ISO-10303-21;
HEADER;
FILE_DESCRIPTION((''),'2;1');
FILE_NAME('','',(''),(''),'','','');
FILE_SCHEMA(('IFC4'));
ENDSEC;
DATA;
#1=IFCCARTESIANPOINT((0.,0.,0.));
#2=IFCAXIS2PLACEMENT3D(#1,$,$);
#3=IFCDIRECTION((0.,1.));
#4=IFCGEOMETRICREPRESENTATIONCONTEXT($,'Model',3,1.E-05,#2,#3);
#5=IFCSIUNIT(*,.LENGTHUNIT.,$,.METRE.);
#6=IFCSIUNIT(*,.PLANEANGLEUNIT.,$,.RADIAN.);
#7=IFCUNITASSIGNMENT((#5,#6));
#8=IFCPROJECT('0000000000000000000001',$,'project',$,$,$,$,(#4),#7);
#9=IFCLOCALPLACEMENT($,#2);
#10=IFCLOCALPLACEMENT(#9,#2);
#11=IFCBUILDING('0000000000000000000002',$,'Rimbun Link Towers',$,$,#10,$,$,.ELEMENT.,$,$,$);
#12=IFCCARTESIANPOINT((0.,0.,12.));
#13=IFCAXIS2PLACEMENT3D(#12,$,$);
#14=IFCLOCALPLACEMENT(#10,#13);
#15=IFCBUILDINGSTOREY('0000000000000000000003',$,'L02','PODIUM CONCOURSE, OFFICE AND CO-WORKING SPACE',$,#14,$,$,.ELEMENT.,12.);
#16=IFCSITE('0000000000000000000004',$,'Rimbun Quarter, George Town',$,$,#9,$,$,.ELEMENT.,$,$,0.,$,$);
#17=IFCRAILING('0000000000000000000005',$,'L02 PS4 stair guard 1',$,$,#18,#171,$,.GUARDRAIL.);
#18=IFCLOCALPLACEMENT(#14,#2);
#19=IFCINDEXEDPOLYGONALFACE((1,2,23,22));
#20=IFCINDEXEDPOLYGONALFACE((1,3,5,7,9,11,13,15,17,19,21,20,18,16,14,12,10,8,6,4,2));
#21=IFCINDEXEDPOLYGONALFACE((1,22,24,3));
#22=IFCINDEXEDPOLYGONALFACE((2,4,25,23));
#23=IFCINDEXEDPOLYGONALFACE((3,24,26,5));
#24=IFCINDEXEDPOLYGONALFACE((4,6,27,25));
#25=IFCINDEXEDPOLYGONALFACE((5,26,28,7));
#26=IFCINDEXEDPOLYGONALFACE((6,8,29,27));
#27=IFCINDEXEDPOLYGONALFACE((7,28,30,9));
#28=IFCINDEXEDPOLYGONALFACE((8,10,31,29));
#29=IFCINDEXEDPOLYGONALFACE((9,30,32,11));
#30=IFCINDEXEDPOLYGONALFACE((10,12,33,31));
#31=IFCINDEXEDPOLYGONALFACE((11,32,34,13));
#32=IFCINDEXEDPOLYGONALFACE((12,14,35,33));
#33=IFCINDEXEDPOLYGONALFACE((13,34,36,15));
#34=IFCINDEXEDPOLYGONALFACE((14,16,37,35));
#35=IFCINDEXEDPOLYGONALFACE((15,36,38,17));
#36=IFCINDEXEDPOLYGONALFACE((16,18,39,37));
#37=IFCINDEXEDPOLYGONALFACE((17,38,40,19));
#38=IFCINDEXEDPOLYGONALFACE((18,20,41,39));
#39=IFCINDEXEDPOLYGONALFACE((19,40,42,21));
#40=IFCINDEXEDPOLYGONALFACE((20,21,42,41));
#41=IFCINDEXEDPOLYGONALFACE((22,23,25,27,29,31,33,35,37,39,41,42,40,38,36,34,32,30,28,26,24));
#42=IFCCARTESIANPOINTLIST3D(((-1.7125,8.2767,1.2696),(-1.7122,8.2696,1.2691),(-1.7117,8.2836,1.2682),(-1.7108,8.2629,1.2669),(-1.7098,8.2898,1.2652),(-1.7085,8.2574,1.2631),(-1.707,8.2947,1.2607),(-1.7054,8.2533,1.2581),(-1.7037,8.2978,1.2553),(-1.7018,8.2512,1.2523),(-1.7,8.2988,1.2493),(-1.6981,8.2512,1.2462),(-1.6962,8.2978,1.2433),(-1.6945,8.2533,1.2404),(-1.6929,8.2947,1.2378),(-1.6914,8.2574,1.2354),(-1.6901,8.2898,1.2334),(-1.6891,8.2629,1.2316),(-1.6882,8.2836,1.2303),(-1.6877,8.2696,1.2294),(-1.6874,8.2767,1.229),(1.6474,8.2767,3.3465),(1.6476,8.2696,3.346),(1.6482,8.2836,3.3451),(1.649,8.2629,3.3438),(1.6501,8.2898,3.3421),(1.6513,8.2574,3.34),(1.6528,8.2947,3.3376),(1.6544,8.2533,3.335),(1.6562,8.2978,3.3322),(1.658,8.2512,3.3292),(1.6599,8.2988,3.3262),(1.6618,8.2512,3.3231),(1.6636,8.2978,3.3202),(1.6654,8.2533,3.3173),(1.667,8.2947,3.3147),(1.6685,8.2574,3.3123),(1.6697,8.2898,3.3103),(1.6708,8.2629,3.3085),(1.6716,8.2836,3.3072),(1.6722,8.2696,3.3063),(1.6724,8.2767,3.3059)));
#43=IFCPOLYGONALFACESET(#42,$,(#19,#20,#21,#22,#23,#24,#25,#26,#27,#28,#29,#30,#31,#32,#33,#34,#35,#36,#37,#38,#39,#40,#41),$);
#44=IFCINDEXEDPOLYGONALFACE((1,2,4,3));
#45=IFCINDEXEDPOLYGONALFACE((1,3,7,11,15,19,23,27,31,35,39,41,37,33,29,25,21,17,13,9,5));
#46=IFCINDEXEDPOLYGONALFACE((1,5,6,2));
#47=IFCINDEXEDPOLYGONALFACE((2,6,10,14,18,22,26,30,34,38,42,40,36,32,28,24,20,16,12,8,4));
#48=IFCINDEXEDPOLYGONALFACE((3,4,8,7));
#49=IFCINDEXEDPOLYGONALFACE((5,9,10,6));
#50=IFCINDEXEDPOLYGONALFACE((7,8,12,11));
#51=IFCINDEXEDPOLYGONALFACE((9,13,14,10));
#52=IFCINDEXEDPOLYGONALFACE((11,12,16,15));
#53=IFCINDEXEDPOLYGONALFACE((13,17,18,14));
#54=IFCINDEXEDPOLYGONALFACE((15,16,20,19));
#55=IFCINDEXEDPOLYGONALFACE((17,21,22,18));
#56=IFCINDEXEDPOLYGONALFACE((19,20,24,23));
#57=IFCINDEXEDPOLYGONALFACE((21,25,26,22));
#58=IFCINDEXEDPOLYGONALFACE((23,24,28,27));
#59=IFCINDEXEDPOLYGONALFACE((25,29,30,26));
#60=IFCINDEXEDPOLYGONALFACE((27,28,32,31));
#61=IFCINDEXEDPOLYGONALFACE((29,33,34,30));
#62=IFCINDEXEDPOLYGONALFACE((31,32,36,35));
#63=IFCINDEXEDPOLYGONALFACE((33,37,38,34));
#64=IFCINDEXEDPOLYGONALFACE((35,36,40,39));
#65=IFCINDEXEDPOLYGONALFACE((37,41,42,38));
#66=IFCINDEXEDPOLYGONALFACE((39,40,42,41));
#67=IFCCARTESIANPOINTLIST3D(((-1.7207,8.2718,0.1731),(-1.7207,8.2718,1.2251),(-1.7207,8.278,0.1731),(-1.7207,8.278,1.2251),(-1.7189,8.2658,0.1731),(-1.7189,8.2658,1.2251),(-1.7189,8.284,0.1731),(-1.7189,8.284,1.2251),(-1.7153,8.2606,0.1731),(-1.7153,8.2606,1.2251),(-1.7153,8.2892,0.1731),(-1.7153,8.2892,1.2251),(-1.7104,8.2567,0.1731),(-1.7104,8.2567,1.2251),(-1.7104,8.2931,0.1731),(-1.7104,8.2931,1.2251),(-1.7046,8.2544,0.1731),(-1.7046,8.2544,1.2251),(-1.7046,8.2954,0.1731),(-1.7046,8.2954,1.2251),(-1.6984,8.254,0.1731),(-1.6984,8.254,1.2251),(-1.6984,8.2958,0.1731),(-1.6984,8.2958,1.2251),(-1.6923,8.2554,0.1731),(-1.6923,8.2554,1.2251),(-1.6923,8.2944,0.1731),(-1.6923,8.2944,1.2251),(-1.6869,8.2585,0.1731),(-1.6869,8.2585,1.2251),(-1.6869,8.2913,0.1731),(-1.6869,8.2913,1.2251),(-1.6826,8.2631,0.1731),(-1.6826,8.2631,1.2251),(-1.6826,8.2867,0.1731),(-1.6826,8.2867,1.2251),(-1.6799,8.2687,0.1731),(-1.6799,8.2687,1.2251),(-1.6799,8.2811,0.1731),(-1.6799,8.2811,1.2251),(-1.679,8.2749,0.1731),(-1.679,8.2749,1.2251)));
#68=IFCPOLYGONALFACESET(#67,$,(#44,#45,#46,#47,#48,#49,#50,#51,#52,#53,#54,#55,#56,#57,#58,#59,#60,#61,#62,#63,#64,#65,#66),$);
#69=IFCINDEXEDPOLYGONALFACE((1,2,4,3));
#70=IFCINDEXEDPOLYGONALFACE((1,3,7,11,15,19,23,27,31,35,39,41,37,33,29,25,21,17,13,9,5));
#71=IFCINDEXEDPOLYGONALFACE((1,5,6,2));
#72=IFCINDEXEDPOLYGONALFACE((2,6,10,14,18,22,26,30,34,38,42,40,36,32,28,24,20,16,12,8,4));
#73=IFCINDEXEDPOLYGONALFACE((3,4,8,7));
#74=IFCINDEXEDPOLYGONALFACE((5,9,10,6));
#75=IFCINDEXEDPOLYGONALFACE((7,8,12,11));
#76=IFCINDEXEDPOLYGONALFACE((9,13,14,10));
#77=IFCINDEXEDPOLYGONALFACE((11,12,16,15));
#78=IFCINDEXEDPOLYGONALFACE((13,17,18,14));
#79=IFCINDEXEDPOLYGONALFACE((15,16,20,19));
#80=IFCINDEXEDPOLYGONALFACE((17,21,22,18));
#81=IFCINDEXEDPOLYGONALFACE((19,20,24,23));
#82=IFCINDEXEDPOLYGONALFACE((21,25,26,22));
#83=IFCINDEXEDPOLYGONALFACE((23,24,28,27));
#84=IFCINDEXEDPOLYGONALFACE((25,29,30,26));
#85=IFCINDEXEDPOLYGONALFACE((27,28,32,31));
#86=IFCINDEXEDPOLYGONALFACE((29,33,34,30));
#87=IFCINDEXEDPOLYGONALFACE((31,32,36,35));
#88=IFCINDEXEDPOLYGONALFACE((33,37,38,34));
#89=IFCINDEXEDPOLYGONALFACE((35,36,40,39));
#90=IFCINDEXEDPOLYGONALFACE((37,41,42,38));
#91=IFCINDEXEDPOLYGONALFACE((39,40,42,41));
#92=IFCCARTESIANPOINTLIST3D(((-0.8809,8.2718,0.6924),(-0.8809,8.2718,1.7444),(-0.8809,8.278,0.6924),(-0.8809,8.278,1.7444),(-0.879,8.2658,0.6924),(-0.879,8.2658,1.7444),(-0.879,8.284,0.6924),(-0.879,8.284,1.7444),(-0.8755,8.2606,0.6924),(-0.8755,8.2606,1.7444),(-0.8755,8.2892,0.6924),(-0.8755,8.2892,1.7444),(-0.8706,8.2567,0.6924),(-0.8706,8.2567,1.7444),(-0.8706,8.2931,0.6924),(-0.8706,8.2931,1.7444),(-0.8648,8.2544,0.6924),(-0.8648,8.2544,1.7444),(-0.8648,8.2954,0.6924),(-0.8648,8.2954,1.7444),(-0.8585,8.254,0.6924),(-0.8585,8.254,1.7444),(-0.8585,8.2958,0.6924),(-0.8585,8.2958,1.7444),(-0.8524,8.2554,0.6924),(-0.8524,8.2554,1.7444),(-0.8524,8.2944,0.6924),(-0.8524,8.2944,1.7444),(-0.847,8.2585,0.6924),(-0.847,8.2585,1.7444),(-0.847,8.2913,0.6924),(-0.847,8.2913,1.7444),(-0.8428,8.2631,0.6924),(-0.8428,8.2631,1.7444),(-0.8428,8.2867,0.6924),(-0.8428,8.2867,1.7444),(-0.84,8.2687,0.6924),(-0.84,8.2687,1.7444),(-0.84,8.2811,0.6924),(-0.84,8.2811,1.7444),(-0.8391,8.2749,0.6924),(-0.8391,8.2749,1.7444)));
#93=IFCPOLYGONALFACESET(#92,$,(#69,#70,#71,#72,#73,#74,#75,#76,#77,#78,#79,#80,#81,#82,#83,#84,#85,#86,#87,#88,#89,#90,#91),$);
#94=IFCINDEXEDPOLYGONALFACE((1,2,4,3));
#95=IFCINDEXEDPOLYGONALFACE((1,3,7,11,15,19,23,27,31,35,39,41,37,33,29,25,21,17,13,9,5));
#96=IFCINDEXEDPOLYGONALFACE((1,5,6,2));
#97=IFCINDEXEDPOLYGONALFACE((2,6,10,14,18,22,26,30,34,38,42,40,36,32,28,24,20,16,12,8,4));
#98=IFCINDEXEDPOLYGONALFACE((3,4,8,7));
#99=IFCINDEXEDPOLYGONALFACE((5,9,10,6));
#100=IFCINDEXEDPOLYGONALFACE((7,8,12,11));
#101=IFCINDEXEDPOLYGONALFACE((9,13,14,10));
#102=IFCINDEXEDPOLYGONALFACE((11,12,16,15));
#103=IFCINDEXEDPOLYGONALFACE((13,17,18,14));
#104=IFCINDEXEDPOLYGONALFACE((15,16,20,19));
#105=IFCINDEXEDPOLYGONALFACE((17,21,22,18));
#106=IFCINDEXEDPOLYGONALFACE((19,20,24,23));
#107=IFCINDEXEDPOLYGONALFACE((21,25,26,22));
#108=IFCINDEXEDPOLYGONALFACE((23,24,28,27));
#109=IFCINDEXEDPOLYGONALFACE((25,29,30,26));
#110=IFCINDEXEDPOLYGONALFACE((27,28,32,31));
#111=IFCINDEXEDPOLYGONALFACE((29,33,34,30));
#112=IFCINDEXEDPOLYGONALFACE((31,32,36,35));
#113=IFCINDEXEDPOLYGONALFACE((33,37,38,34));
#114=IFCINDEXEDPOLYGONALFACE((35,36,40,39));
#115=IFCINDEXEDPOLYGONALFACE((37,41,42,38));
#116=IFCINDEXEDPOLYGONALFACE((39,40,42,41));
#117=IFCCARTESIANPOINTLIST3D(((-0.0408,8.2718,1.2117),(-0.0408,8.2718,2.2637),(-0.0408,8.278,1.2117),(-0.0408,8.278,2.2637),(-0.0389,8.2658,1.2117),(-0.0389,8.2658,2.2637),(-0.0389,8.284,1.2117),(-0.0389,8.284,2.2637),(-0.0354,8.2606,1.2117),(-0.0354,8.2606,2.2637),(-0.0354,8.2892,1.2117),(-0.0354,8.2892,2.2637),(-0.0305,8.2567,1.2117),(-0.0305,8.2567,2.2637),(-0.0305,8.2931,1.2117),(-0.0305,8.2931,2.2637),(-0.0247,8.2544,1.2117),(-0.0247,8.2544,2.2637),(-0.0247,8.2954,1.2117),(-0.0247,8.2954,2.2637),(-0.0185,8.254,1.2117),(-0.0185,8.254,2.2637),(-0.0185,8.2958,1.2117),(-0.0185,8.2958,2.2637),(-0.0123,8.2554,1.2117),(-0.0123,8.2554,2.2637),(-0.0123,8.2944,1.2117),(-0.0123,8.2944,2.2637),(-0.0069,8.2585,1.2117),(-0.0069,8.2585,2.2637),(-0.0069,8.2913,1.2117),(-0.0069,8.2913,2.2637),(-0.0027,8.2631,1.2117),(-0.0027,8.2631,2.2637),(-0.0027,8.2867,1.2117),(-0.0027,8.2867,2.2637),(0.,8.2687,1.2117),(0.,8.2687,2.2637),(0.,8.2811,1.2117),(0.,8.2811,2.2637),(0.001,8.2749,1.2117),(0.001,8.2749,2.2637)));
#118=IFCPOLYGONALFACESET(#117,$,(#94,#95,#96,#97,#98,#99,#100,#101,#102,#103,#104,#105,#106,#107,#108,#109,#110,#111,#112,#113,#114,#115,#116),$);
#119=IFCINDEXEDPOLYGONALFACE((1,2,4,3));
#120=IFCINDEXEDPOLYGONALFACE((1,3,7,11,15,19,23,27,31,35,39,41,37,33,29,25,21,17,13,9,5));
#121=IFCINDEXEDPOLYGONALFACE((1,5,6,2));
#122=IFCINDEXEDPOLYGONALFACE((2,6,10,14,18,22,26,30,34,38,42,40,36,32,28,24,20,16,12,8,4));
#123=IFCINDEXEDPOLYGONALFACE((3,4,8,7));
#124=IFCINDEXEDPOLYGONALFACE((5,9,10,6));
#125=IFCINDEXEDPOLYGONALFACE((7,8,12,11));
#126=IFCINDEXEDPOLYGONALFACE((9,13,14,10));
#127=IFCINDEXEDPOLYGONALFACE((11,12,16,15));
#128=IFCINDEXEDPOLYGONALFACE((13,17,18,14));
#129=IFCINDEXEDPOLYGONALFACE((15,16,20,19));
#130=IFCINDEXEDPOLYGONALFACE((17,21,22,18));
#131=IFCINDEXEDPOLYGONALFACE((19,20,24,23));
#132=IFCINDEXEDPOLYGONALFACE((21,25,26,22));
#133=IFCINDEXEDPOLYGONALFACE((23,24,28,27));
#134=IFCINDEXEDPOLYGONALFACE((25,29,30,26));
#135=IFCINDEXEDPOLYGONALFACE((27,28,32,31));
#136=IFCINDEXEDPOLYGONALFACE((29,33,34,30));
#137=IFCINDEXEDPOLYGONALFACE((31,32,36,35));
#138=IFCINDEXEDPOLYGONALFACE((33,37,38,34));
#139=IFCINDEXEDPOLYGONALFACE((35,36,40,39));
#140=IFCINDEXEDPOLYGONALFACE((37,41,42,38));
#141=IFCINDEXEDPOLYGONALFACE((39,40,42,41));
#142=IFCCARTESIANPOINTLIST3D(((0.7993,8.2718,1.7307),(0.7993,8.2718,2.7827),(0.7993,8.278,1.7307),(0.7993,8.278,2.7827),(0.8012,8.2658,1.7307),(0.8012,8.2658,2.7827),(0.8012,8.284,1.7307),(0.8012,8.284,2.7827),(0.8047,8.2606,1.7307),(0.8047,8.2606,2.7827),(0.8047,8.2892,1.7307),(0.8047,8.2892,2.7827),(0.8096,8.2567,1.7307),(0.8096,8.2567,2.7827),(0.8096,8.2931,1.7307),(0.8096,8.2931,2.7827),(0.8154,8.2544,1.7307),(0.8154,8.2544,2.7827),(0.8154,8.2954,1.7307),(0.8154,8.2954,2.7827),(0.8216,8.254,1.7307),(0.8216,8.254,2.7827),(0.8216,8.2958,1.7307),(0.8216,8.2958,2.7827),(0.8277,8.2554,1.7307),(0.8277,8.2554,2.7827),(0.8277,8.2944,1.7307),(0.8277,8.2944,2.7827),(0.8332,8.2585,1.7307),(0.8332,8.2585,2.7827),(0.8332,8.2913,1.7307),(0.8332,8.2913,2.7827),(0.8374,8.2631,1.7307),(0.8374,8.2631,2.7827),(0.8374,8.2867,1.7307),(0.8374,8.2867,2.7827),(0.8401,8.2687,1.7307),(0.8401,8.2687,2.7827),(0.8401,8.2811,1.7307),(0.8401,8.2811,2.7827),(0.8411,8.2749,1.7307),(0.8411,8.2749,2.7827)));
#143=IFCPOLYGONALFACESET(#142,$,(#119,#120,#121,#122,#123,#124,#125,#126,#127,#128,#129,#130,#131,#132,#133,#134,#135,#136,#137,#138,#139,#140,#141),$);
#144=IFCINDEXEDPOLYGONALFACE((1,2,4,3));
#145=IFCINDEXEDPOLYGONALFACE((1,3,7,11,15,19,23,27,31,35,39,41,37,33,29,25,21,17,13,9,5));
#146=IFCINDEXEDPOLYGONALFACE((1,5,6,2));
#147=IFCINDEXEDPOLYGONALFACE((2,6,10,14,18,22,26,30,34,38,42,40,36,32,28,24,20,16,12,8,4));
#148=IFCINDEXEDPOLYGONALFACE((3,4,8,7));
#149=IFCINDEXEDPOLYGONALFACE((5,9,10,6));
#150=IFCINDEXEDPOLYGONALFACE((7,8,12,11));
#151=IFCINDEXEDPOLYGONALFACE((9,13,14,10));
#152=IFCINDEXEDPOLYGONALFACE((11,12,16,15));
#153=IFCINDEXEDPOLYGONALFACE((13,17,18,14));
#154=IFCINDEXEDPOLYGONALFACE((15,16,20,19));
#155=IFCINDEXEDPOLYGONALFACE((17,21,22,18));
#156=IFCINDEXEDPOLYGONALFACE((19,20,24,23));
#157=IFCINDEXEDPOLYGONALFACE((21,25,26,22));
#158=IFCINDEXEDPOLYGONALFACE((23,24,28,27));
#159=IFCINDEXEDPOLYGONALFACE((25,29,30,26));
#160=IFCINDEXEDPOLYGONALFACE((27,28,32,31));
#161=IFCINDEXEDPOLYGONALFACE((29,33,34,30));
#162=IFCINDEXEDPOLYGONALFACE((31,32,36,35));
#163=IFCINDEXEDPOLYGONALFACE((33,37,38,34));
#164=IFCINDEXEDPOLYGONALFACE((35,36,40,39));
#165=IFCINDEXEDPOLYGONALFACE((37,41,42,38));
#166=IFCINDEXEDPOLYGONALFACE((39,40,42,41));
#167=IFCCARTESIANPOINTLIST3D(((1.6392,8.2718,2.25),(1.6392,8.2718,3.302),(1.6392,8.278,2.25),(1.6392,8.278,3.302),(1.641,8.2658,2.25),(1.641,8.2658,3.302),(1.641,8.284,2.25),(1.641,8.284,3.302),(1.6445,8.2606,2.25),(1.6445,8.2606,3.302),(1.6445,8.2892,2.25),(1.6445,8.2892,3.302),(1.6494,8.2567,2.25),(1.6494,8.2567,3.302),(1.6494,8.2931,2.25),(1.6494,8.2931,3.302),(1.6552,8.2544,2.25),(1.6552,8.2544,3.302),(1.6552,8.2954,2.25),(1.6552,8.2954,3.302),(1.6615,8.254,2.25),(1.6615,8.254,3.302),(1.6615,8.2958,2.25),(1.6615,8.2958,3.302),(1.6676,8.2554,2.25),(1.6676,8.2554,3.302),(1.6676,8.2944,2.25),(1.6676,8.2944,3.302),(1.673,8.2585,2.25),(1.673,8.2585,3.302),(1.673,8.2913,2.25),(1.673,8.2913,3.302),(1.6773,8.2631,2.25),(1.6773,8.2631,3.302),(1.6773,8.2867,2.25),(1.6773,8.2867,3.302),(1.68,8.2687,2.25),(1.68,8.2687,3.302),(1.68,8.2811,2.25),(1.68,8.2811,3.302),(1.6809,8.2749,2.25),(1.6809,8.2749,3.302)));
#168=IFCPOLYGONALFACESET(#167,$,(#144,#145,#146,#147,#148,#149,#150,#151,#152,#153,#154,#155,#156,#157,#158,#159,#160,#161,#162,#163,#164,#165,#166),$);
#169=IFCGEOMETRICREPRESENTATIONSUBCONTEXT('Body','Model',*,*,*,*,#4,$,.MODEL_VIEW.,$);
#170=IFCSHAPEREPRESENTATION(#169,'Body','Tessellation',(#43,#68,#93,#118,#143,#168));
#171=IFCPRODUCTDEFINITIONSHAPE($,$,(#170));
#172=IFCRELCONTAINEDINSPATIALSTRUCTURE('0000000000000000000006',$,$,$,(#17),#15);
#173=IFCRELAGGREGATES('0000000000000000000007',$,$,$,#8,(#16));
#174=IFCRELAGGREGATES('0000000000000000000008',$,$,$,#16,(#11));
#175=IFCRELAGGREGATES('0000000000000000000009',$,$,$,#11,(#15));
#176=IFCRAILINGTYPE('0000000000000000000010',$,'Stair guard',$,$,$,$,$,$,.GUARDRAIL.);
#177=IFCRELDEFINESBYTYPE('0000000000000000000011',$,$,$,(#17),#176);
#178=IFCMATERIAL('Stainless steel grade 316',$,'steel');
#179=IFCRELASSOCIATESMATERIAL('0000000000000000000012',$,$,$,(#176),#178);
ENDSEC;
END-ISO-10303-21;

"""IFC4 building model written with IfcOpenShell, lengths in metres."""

from ifc_helpers import new_model, si_unit, direction, frame, origin, origin_2d, place, context, subcontext, project, spatial, circle, extrude, material, type_object, element, save


model = new_model("IFC4")

# Units and contexts
model_context = context("Model", 3, precision=1e-05, world=origin(), true_north=direction((0.0, 1.0)))
body_context = subcontext(model_context, "Body", "Model", "MODEL_VIEW")
ifc_project = project(units=[si_unit("LENGTHUNIT", "METRE"), si_unit("PLANEANGLEUNIT", "RADIAN")], contexts=[model_context])

# Site, building, storey
site_placement = place(None, origin())
site = spatial("IfcSite", under=ifc_project, at=site_placement, Name="Rimbun Quarter, George Town", CompositionType="ELEMENT", RefElevation=0.0)
building_placement = place(site_placement, origin())
building = spatial("IfcBuilding", under=site, at=building_placement, Name="Rimbun Link Towers", CompositionType="ELEMENT")
storey_placement = place(building_placement, frame((0.0, 0.0, 12.0)))
storey = spatial("IfcBuildingStorey", under=building, at=storey_placement, Name="L02", Description="PODIUM CONCOURSE, OFFICE AND CO-WORKING SPACE", CompositionType="ELEMENT", Elevation=12.0)

# Railing
ifc_material_1 = material(Name="Stainless steel grade 316", Category="steel")
railing_type_1 = type_object("IfcRailingType", Name="Stair guard", PredefinedType="GUARDRAIL", material=ifc_material_1)
railing_1_placement = place(storey_placement, frame((-1.7, 8.2749, 0.1731)))
element("IfcRailing", 1, at=railing_1_placement, inside=storey, type_object=railing_type_1, Name="L02 PS4 stair guard 1", PredefinedType="GUARDRAIL", context=body_context, shape_type="SweptSolid", body=[
    extrude(circle(Radius=0.0239, at=origin_2d()), frame((0.0, 0.0, 1.0762), z_axis=(0.850606, 0.0, 0.525803), x_axis=(0.0, 1.0, 0.0)), (0.0, 0.0, 1.0), 3.95),
    extrude(circle(Radius=0.021, at=origin_2d()), origin(), (0.0, 0.0, 1.0), 1.052),
    extrude(circle(Radius=0.021, at=origin_2d()), frame((0.8398, 0.0, 0.5193)), (0.0, 0.0, 1.0), 1.052),
    extrude(circle(Radius=0.021, at=origin_2d()), frame((1.6799, 0.0, 1.0386)), (0.0, 0.0, 1.0), 1.052),
    extrude(circle(Radius=0.021, at=origin_2d()), frame((2.52, 0.0, 1.5576)), (0.0, 0.0, 1.0), 1.052),
    extrude(circle(Radius=0.021, at=origin_2d()), frame((3.3599, 0.0, 2.0769)), (0.0, 0.0, 1.0), 1.052),
])

save(model, "model.ifc")
